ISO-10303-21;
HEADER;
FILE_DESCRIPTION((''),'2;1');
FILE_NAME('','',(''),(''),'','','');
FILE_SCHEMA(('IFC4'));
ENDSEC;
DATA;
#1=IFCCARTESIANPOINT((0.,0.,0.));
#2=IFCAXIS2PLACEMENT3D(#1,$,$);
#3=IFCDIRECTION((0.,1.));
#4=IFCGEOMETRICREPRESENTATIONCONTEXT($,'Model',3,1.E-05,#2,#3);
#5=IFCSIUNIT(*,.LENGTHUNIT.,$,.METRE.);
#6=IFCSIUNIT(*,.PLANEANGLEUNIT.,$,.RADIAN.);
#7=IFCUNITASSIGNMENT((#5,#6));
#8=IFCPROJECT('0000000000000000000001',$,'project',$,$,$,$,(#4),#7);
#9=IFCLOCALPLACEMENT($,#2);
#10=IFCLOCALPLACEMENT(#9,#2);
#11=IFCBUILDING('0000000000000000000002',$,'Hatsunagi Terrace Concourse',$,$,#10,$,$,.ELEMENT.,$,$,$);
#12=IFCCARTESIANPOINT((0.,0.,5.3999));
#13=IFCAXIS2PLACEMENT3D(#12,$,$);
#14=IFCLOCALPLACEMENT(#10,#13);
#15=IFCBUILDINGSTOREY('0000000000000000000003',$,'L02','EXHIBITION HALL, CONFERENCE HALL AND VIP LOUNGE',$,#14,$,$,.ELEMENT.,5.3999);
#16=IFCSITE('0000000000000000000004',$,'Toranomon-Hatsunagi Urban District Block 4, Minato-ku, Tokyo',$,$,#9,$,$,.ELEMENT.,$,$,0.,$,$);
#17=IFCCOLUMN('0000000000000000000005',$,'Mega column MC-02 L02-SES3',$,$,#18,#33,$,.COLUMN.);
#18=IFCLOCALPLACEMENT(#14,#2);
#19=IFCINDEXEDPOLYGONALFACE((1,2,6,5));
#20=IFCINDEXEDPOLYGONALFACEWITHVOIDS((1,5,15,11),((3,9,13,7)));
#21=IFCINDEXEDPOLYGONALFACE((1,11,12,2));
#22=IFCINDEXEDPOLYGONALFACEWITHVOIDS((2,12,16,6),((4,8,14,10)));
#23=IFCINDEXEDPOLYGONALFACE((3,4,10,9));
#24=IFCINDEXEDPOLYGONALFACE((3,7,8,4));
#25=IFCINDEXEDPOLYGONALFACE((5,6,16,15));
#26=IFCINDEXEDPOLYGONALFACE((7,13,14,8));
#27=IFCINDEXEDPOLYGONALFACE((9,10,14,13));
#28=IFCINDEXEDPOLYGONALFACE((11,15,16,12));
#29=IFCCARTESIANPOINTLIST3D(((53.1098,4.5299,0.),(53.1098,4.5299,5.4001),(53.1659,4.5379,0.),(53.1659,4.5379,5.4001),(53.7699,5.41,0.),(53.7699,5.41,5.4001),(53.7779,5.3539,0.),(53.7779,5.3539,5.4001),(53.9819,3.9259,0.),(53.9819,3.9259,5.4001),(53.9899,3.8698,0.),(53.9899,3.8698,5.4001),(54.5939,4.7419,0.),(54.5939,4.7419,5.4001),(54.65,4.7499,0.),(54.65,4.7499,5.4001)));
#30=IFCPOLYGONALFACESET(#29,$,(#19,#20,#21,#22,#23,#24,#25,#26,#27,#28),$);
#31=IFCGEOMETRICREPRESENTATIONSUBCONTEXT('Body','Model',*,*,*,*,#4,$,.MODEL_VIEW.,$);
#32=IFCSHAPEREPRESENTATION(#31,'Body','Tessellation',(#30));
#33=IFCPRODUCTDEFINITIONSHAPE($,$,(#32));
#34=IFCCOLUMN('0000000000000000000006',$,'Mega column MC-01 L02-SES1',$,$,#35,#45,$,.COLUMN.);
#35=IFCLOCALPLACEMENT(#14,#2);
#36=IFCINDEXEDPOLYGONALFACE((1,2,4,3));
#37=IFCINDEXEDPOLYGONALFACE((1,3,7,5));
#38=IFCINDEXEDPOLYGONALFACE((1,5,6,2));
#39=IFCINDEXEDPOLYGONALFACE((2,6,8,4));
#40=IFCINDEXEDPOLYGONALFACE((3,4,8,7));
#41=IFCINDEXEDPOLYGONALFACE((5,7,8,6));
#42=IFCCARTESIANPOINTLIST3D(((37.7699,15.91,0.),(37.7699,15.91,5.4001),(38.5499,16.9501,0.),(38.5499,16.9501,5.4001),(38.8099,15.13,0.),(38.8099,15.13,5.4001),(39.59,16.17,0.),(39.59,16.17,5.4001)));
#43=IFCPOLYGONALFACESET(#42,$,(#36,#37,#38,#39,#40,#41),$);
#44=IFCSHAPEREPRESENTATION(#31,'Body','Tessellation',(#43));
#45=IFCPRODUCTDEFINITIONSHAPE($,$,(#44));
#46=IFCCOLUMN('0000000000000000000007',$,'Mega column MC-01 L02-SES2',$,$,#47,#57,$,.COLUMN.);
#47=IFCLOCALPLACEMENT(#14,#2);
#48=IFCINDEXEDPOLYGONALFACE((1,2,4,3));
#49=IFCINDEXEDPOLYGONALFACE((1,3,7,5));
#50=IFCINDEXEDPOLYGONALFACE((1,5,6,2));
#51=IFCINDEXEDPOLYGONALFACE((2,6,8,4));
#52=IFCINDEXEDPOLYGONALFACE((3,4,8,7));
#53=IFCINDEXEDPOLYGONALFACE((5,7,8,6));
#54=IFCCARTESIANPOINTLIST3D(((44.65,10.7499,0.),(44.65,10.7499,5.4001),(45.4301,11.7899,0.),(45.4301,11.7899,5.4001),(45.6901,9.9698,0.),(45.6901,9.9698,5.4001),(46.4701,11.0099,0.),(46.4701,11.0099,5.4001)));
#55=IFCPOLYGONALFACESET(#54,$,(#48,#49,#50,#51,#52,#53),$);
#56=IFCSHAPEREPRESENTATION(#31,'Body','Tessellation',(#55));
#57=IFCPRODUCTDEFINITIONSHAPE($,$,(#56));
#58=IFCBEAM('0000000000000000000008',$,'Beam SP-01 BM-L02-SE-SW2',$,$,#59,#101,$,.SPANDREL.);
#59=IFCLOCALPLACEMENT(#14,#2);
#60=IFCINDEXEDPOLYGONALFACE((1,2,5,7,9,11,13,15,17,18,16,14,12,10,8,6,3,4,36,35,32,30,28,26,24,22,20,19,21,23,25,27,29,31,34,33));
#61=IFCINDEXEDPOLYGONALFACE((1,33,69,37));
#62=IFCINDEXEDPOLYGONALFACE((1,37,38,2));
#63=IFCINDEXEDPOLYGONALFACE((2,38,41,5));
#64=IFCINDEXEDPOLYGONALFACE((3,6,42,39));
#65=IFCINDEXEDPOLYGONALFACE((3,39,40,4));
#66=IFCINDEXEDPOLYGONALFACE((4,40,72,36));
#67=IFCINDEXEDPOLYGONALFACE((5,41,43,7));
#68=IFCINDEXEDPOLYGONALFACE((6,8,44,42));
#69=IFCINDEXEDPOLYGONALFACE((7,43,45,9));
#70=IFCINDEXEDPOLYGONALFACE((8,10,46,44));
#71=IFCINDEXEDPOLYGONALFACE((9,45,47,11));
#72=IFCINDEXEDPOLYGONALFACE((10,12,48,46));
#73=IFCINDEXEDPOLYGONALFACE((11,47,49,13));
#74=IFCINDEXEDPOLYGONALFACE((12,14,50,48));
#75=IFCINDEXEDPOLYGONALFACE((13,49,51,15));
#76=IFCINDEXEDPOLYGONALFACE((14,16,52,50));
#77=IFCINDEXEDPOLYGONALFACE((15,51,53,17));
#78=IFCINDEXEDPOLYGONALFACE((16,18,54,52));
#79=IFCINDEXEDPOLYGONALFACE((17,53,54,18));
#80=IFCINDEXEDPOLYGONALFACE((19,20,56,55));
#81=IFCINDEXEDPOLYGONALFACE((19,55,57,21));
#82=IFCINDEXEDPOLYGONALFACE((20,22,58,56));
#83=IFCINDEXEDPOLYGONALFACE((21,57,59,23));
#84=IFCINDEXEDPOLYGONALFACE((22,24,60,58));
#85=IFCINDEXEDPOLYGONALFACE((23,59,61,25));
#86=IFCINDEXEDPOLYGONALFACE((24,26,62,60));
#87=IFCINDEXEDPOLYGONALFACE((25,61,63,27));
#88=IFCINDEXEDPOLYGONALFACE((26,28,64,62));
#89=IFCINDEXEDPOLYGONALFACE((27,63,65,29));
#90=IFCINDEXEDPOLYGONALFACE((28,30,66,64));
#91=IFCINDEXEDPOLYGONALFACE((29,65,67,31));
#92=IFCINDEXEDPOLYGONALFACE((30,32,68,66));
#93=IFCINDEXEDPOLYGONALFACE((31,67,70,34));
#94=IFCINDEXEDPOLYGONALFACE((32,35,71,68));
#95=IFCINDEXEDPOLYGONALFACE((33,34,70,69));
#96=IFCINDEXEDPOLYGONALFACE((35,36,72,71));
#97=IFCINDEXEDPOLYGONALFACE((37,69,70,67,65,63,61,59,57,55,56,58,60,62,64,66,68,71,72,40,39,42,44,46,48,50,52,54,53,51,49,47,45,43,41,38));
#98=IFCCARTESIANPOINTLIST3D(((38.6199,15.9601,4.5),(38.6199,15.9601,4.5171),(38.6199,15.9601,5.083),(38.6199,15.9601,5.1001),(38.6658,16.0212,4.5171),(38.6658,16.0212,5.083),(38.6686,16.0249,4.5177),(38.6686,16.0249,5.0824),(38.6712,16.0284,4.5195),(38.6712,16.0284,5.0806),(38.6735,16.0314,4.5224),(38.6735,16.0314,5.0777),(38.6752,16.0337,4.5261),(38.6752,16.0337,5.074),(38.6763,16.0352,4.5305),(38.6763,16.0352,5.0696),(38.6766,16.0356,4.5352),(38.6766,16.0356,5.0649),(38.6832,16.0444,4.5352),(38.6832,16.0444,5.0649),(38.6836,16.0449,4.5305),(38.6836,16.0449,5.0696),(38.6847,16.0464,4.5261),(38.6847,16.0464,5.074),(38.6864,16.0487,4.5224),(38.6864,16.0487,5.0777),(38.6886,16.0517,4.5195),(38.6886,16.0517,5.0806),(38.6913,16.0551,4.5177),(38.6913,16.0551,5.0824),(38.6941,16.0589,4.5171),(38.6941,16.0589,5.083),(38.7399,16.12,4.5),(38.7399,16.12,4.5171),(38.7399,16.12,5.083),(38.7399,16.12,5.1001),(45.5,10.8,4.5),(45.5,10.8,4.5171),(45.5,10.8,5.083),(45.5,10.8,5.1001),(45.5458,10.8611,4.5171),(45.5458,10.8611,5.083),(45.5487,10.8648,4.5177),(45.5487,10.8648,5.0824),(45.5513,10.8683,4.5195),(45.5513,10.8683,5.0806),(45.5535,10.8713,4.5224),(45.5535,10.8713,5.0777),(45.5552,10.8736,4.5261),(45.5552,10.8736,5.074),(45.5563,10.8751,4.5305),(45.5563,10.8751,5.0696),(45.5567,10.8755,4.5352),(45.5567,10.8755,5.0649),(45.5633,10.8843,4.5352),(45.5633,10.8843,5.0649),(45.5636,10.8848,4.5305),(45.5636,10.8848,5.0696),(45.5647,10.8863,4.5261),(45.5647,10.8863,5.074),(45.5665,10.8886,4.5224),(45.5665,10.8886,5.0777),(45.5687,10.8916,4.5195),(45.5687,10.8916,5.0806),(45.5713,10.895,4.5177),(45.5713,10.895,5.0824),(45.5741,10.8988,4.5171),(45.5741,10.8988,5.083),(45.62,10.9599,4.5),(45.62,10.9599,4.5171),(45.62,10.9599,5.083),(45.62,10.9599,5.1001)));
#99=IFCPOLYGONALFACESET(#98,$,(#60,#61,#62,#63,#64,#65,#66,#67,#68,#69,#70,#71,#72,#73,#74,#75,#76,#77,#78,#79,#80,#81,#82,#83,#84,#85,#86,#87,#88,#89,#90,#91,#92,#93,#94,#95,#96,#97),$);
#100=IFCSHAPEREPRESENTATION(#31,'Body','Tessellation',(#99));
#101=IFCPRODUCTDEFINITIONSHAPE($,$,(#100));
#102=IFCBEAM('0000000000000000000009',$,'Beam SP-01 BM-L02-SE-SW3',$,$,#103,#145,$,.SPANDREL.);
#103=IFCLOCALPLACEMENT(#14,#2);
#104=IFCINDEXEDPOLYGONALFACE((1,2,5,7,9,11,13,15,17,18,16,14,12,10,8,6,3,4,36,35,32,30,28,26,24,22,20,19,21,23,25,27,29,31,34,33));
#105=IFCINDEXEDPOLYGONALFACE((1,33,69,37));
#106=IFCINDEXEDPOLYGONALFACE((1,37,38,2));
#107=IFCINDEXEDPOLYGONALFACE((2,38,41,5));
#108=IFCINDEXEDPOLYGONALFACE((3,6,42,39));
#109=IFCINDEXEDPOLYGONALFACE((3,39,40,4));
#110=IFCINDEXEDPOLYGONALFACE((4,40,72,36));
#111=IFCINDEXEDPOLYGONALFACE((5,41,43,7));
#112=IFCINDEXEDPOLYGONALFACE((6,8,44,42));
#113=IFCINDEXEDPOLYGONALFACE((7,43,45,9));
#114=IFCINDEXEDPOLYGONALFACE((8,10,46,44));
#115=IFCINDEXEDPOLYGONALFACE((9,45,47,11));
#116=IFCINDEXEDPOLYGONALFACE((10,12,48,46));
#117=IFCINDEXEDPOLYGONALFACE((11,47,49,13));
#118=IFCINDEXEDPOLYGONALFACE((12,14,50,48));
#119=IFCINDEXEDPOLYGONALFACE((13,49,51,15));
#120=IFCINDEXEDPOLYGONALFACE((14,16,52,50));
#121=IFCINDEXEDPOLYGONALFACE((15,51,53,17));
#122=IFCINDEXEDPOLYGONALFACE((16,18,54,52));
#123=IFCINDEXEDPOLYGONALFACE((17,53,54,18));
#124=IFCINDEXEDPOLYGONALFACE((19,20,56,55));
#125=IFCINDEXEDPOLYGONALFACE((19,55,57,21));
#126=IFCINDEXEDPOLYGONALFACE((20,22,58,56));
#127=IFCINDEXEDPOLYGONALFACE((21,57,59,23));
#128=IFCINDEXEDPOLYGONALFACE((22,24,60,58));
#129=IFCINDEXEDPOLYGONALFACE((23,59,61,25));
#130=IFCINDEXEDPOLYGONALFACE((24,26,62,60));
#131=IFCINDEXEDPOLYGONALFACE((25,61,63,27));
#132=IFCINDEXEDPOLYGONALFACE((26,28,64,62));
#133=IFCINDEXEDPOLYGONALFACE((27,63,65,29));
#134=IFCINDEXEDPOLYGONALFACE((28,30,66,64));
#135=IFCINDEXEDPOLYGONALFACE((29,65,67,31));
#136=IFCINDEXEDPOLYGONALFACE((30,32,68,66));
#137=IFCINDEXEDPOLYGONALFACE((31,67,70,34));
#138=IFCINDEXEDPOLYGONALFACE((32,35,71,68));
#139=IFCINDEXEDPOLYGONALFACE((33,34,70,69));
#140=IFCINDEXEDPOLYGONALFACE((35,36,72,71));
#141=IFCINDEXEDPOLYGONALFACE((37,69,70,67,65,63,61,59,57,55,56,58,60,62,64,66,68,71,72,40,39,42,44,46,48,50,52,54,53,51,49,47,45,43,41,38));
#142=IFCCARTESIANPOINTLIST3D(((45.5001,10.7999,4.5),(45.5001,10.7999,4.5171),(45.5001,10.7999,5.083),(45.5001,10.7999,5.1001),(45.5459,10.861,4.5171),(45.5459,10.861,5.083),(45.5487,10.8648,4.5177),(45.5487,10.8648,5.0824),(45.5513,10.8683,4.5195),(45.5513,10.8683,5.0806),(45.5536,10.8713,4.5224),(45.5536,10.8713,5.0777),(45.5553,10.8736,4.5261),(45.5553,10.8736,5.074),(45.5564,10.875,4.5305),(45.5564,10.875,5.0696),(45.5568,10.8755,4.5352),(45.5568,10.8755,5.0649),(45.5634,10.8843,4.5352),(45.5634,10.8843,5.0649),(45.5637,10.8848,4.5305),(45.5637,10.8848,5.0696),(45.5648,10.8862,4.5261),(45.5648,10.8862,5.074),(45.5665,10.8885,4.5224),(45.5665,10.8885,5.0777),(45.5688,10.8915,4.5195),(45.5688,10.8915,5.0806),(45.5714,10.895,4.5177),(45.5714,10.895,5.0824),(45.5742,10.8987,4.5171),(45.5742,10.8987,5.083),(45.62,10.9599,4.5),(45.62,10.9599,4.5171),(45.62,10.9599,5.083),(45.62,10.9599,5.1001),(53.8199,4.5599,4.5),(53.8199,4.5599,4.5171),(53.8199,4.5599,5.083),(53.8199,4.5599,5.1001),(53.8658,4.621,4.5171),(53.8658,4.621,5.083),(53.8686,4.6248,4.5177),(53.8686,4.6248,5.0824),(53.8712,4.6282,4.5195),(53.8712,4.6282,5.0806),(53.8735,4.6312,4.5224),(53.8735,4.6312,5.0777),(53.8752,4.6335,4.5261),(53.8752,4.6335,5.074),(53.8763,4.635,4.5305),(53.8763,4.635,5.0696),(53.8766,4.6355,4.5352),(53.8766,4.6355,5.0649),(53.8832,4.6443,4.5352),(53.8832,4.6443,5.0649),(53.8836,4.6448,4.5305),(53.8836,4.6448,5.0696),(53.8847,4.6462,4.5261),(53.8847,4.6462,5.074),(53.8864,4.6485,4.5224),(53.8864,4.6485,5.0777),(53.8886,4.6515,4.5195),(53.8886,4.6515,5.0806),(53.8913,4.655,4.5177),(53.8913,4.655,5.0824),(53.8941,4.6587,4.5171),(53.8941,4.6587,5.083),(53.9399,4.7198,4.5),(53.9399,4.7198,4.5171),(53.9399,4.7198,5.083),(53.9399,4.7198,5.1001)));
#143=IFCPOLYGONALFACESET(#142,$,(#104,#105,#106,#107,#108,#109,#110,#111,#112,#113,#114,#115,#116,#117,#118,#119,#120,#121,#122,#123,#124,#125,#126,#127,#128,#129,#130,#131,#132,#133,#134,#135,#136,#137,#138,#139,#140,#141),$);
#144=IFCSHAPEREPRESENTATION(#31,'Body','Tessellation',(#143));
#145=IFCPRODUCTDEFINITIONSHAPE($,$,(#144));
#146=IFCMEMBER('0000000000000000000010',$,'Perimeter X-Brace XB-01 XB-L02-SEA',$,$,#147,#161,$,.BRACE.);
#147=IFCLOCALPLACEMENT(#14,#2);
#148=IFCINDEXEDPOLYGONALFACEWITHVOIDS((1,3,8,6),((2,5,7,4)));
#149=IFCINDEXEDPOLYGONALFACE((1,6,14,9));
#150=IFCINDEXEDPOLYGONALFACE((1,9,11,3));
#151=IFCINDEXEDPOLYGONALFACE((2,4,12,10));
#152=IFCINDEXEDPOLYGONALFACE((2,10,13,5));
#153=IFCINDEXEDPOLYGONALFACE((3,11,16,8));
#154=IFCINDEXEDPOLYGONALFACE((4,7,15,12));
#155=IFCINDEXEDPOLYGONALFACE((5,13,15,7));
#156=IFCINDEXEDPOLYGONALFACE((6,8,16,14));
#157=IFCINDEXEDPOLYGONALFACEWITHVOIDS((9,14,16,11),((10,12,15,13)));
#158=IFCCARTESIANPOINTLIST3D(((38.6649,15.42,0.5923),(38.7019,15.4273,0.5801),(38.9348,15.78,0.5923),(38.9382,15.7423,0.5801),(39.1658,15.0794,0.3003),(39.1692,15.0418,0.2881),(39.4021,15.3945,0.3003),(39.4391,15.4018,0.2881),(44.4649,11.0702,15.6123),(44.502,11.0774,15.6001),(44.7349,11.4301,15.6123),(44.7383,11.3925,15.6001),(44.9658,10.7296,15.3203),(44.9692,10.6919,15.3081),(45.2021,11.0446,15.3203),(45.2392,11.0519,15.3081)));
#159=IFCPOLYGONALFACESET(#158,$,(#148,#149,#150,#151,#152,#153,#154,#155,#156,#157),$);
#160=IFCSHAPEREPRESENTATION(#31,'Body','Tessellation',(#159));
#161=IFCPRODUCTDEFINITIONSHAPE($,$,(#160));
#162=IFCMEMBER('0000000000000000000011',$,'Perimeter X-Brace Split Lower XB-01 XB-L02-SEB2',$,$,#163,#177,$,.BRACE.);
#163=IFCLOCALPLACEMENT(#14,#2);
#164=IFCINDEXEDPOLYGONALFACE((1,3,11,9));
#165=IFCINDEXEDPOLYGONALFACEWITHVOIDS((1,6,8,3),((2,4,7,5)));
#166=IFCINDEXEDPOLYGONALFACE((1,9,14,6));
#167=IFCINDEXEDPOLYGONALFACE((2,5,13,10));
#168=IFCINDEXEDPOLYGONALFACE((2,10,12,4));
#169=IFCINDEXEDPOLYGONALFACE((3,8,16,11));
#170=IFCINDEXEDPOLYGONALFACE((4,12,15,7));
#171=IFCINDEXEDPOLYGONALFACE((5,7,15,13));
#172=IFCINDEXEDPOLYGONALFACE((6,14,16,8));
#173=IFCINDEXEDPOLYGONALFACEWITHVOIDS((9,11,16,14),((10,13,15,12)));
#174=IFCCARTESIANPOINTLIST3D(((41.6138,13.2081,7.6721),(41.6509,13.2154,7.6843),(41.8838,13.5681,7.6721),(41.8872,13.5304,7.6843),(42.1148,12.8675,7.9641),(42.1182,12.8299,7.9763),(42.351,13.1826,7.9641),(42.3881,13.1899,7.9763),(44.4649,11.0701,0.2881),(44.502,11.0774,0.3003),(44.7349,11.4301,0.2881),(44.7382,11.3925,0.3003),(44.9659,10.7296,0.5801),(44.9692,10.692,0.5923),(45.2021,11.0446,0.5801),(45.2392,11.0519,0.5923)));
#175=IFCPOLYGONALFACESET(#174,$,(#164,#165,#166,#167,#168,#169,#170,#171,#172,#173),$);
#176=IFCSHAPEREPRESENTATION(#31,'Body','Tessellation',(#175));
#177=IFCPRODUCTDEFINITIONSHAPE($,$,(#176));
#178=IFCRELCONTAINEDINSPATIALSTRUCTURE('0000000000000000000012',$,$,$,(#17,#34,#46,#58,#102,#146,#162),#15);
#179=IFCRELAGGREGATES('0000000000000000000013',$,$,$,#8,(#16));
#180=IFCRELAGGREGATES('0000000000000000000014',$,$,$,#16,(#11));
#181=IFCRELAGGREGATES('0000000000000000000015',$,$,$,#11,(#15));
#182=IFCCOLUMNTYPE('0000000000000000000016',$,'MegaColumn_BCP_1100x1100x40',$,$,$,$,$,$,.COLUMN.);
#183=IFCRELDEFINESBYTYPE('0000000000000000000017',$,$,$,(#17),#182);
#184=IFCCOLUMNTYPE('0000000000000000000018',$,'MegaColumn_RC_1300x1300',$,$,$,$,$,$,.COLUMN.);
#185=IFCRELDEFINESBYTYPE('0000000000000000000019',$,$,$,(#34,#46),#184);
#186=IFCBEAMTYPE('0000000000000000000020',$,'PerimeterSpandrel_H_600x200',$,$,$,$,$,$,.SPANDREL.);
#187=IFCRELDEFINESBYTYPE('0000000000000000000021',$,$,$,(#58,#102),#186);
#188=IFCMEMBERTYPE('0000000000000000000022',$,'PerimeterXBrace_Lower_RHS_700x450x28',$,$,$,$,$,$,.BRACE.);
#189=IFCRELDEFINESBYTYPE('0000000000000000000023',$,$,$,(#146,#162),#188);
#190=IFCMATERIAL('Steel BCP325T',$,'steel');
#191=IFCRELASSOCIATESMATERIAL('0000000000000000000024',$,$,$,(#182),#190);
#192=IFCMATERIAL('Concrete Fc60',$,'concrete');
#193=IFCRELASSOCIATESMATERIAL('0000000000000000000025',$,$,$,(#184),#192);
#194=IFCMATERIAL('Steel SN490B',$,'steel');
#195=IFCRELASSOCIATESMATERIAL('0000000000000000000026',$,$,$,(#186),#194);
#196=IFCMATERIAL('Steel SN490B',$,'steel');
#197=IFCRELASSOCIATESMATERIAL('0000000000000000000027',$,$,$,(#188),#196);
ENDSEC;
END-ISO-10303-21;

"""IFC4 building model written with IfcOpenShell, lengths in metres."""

from ifc_helpers import new_model, si_unit, direction, frame, origin, origin_2d, place, context, subcontext, project, spatial, rectangle, hollow_rectangle, i_section, extrude, material, material_profile, profile_set, type_object, element, save


model = new_model("IFC4")

# Units and contexts
model_context = context("Model", 3, precision=1e-05, world=origin(), true_north=direction((0.0, 1.0)))
body_context = subcontext(model_context, "Body", "Model", "MODEL_VIEW")
ifc_project = project(units=[si_unit("LENGTHUNIT", "METRE"), si_unit("PLANEANGLEUNIT", "RADIAN")], contexts=[model_context])

# Site, building, storey
site_placement = place(None, origin())
site = spatial("IfcSite", under=ifc_project, at=site_placement, Name="Toranomon-Hatsunagi Urban District Block 4, Minato-ku, Tokyo", CompositionType="ELEMENT", RefElevation=0.0)
building_placement = place(site_placement, origin())
building = spatial("IfcBuilding", under=site, at=building_placement, Name="Hatsunagi Terrace Concourse", CompositionType="ELEMENT")
storey_placement = place(building_placement, frame((0.0, 0.0, 5.3999)))
storey = spatial("IfcBuildingStorey", under=building, at=storey_placement, Name="L02", Description="EXHIBITION HALL, CONFERENCE HALL AND VIP LOUNGE", CompositionType="ELEMENT", Elevation=5.3999)

# Columns
ifc_material_1 = material(Name="Steel BCP325T", Category="steel")
ifc_material_profile_1 = material_profile(ifc_material_1, hollow_rectangle(XDim=1.1001, YDim=1.1001, WallThickness=0.04, at=origin_2d()), Name="BCP-1100x1100x40")
ifc_profile_set_1 = profile_set([ifc_material_profile_1], Name="Steel BCP325T")
column_type_1 = type_object("IfcColumnType", Name="MegaColumn_BCP_1100x1100x40", PredefinedType="COLUMN", material=ifc_profile_set_1)
column_placement = place(storey_placement, frame((53.8799, 4.6399, 0.0), z_axis=(0.0, 0.0, 1.0), x_axis=(0.8, -0.6, 0.0)))
element("IfcColumn", 1, at=column_placement, inside=storey, type_object=column_type_1, Name="Mega column MC-02 L02-SES3", PredefinedType="COLUMN", context=body_context, shape_type="SweptSolid", body=[
    extrude(hollow_rectangle(XDim=1.1001, YDim=1.1001, WallThickness=0.04, at=origin_2d()), origin(), (0.0, 0.0, 1.0), 5.4001),
])
ifc_material_2 = material(Name="Concrete Fc60", Category="concrete")
ifc_material_profile_2 = material_profile(ifc_material_2, rectangle(XDim=1.3, YDim=1.3, at=origin_2d()), Name="RC-1300x1300")
ifc_profile_set_2 = profile_set([ifc_material_profile_2], Name="Concrete Fc60")
column_type_2 = type_object("IfcColumnType", Name="MegaColumn_RC_1300x1300", PredefinedType="COLUMN", material=ifc_profile_set_2)
for number, where, z_axis, x_axis, name in (
    (2, (38.6799, 16.04, 0.0), (0.0, 0.0, 1.0), (0.8, -0.6, 0.0), "Mega column MC-01 L02-SES1"),
    (3, (45.5601, 10.8799, 0.0), (0.0, 0.0, 1.0), (0.8, -0.6, 0.0), "Mega column MC-01 L02-SES2"),
):
    element("IfcColumn", number, at=place(storey_placement, frame(where, z_axis=z_axis, x_axis=x_axis)), inside=storey, type_object=column_type_2, Name=name, PredefinedType="COLUMN", context=body_context, shape_type="SweptSolid", body=[
        extrude(rectangle(XDim=1.3, YDim=1.3, at=origin_2d()), origin(), (0.0, 0.0, 1.0), 5.4001),
    ])

# Beams
ifc_material_3 = material(Name="Steel SN490B", Category="steel")
ifc_material_profile_3 = material_profile(ifc_material_3, i_section(OverallWidth=0.2, OverallDepth=0.6001, WebThickness=0.011, FlangeThickness=0.0171, FilletRadius=0.0181, at=origin_2d()), Name="H-600x200x11x17")
ifc_profile_set_3 = profile_set([ifc_material_profile_3], Name="Steel SN490B")
beam_type_1 = type_object("IfcBeamType", Name="PerimeterSpandrel_H_600x200", PredefinedType="SPANDREL", material=ifc_profile_set_3)
beam_1_placement = place(storey_placement, frame((38.6799, 16.04, 4.8), z_axis=(0.799997, -0.600005, 0.0), x_axis=(0.600005, 0.799997, 0.0)))
element("IfcBeam", 4, at=beam_1_placement, inside=storey, type_object=beam_type_1, Name="Beam SP-01 BM-L02-SE-SW2", PredefinedType="SPANDREL", context=body_context, shape_type="SweptSolid", body=[
    extrude(i_section(OverallWidth=0.2, OverallDepth=0.6001, WebThickness=0.011, FlangeThickness=0.0171, FilletRadius=0.0181, at=origin_2d()), origin(), (0.0, 0.0, 1.0), 8.6001),
])
beam_2_placement = place(storey_placement, frame((45.5601, 10.8799, 4.8), z_axis=(0.799994, -0.600008, 0.0), x_axis=(0.600008, 0.799994, 0.0)))
element("IfcBeam", 5, at=beam_2_placement, inside=storey, type_object=beam_type_1, Name="Beam SP-01 BM-L02-SE-SW3", PredefinedType="SPANDREL", context=body_context, shape_type="SweptSolid", body=[
    extrude(i_section(OverallWidth=0.2, OverallDepth=0.6001, WebThickness=0.011, FlangeThickness=0.0171, FilletRadius=0.0181, at=origin_2d()), origin(), (0.0, 0.0, 1.0), 10.3999),
])

# Members
ifc_material_4 = material(Name="Steel SN490B", Category="steel")
ifc_material_profile_4 = material_profile(ifc_material_4, hollow_rectangle(XDim=0.45, YDim=0.7, WallThickness=0.0281, at=origin_2d()), Name="RHS-700x450x28")
ifc_profile_set_4 = profile_set([ifc_material_profile_4], Name="Steel SN490B")
member_type = type_object("IfcMemberType", Name="PerimeterXBrace_Lower_RHS_700x450x28", PredefinedType="BRACE", material=ifc_profile_set_4)
member_1_placement = place(storey_placement, frame((39.052, 15.4109, 0.4402), z_axis=(0.347762, -0.260811, 0.900577), x_axis=(0.599984, 0.800012, 0.0)))
element("IfcMember", 6, at=member_1_placement, inside=storey, type_object=member_type, Name="Perimeter X-Brace XB-01 XB-L02-SEA", PredefinedType="BRACE", context=body_context, shape_type="SweptSolid", body=[
    extrude(hollow_rectangle(XDim=0.45, YDim=0.7, WallThickness=0.0281, at=origin_2d()), origin(), (0.0, 0.0, 1.0), 16.6782),
])
member_2_placement = place(storey_placement, frame((42.001, 13.199, 7.8242), z_axis=(0.347735, -0.260757, -0.900603), x_axis=(0.599934, 0.800049, 0.0)))
element("IfcMember", 7, at=member_2_placement, inside=storey, type_object=member_type, Name="Perimeter X-Brace Split Lower XB-01 XB-L02-SEB2", PredefinedType="BRACE", context=body_context, shape_type="SweptSolid", body=[
    extrude(hollow_rectangle(XDim=0.45, YDim=0.7, WallThickness=0.0281, at=origin_2d()), origin(), (0.0, 0.0, 1.0), 8.199),
])

save(model, "model.ifc")
